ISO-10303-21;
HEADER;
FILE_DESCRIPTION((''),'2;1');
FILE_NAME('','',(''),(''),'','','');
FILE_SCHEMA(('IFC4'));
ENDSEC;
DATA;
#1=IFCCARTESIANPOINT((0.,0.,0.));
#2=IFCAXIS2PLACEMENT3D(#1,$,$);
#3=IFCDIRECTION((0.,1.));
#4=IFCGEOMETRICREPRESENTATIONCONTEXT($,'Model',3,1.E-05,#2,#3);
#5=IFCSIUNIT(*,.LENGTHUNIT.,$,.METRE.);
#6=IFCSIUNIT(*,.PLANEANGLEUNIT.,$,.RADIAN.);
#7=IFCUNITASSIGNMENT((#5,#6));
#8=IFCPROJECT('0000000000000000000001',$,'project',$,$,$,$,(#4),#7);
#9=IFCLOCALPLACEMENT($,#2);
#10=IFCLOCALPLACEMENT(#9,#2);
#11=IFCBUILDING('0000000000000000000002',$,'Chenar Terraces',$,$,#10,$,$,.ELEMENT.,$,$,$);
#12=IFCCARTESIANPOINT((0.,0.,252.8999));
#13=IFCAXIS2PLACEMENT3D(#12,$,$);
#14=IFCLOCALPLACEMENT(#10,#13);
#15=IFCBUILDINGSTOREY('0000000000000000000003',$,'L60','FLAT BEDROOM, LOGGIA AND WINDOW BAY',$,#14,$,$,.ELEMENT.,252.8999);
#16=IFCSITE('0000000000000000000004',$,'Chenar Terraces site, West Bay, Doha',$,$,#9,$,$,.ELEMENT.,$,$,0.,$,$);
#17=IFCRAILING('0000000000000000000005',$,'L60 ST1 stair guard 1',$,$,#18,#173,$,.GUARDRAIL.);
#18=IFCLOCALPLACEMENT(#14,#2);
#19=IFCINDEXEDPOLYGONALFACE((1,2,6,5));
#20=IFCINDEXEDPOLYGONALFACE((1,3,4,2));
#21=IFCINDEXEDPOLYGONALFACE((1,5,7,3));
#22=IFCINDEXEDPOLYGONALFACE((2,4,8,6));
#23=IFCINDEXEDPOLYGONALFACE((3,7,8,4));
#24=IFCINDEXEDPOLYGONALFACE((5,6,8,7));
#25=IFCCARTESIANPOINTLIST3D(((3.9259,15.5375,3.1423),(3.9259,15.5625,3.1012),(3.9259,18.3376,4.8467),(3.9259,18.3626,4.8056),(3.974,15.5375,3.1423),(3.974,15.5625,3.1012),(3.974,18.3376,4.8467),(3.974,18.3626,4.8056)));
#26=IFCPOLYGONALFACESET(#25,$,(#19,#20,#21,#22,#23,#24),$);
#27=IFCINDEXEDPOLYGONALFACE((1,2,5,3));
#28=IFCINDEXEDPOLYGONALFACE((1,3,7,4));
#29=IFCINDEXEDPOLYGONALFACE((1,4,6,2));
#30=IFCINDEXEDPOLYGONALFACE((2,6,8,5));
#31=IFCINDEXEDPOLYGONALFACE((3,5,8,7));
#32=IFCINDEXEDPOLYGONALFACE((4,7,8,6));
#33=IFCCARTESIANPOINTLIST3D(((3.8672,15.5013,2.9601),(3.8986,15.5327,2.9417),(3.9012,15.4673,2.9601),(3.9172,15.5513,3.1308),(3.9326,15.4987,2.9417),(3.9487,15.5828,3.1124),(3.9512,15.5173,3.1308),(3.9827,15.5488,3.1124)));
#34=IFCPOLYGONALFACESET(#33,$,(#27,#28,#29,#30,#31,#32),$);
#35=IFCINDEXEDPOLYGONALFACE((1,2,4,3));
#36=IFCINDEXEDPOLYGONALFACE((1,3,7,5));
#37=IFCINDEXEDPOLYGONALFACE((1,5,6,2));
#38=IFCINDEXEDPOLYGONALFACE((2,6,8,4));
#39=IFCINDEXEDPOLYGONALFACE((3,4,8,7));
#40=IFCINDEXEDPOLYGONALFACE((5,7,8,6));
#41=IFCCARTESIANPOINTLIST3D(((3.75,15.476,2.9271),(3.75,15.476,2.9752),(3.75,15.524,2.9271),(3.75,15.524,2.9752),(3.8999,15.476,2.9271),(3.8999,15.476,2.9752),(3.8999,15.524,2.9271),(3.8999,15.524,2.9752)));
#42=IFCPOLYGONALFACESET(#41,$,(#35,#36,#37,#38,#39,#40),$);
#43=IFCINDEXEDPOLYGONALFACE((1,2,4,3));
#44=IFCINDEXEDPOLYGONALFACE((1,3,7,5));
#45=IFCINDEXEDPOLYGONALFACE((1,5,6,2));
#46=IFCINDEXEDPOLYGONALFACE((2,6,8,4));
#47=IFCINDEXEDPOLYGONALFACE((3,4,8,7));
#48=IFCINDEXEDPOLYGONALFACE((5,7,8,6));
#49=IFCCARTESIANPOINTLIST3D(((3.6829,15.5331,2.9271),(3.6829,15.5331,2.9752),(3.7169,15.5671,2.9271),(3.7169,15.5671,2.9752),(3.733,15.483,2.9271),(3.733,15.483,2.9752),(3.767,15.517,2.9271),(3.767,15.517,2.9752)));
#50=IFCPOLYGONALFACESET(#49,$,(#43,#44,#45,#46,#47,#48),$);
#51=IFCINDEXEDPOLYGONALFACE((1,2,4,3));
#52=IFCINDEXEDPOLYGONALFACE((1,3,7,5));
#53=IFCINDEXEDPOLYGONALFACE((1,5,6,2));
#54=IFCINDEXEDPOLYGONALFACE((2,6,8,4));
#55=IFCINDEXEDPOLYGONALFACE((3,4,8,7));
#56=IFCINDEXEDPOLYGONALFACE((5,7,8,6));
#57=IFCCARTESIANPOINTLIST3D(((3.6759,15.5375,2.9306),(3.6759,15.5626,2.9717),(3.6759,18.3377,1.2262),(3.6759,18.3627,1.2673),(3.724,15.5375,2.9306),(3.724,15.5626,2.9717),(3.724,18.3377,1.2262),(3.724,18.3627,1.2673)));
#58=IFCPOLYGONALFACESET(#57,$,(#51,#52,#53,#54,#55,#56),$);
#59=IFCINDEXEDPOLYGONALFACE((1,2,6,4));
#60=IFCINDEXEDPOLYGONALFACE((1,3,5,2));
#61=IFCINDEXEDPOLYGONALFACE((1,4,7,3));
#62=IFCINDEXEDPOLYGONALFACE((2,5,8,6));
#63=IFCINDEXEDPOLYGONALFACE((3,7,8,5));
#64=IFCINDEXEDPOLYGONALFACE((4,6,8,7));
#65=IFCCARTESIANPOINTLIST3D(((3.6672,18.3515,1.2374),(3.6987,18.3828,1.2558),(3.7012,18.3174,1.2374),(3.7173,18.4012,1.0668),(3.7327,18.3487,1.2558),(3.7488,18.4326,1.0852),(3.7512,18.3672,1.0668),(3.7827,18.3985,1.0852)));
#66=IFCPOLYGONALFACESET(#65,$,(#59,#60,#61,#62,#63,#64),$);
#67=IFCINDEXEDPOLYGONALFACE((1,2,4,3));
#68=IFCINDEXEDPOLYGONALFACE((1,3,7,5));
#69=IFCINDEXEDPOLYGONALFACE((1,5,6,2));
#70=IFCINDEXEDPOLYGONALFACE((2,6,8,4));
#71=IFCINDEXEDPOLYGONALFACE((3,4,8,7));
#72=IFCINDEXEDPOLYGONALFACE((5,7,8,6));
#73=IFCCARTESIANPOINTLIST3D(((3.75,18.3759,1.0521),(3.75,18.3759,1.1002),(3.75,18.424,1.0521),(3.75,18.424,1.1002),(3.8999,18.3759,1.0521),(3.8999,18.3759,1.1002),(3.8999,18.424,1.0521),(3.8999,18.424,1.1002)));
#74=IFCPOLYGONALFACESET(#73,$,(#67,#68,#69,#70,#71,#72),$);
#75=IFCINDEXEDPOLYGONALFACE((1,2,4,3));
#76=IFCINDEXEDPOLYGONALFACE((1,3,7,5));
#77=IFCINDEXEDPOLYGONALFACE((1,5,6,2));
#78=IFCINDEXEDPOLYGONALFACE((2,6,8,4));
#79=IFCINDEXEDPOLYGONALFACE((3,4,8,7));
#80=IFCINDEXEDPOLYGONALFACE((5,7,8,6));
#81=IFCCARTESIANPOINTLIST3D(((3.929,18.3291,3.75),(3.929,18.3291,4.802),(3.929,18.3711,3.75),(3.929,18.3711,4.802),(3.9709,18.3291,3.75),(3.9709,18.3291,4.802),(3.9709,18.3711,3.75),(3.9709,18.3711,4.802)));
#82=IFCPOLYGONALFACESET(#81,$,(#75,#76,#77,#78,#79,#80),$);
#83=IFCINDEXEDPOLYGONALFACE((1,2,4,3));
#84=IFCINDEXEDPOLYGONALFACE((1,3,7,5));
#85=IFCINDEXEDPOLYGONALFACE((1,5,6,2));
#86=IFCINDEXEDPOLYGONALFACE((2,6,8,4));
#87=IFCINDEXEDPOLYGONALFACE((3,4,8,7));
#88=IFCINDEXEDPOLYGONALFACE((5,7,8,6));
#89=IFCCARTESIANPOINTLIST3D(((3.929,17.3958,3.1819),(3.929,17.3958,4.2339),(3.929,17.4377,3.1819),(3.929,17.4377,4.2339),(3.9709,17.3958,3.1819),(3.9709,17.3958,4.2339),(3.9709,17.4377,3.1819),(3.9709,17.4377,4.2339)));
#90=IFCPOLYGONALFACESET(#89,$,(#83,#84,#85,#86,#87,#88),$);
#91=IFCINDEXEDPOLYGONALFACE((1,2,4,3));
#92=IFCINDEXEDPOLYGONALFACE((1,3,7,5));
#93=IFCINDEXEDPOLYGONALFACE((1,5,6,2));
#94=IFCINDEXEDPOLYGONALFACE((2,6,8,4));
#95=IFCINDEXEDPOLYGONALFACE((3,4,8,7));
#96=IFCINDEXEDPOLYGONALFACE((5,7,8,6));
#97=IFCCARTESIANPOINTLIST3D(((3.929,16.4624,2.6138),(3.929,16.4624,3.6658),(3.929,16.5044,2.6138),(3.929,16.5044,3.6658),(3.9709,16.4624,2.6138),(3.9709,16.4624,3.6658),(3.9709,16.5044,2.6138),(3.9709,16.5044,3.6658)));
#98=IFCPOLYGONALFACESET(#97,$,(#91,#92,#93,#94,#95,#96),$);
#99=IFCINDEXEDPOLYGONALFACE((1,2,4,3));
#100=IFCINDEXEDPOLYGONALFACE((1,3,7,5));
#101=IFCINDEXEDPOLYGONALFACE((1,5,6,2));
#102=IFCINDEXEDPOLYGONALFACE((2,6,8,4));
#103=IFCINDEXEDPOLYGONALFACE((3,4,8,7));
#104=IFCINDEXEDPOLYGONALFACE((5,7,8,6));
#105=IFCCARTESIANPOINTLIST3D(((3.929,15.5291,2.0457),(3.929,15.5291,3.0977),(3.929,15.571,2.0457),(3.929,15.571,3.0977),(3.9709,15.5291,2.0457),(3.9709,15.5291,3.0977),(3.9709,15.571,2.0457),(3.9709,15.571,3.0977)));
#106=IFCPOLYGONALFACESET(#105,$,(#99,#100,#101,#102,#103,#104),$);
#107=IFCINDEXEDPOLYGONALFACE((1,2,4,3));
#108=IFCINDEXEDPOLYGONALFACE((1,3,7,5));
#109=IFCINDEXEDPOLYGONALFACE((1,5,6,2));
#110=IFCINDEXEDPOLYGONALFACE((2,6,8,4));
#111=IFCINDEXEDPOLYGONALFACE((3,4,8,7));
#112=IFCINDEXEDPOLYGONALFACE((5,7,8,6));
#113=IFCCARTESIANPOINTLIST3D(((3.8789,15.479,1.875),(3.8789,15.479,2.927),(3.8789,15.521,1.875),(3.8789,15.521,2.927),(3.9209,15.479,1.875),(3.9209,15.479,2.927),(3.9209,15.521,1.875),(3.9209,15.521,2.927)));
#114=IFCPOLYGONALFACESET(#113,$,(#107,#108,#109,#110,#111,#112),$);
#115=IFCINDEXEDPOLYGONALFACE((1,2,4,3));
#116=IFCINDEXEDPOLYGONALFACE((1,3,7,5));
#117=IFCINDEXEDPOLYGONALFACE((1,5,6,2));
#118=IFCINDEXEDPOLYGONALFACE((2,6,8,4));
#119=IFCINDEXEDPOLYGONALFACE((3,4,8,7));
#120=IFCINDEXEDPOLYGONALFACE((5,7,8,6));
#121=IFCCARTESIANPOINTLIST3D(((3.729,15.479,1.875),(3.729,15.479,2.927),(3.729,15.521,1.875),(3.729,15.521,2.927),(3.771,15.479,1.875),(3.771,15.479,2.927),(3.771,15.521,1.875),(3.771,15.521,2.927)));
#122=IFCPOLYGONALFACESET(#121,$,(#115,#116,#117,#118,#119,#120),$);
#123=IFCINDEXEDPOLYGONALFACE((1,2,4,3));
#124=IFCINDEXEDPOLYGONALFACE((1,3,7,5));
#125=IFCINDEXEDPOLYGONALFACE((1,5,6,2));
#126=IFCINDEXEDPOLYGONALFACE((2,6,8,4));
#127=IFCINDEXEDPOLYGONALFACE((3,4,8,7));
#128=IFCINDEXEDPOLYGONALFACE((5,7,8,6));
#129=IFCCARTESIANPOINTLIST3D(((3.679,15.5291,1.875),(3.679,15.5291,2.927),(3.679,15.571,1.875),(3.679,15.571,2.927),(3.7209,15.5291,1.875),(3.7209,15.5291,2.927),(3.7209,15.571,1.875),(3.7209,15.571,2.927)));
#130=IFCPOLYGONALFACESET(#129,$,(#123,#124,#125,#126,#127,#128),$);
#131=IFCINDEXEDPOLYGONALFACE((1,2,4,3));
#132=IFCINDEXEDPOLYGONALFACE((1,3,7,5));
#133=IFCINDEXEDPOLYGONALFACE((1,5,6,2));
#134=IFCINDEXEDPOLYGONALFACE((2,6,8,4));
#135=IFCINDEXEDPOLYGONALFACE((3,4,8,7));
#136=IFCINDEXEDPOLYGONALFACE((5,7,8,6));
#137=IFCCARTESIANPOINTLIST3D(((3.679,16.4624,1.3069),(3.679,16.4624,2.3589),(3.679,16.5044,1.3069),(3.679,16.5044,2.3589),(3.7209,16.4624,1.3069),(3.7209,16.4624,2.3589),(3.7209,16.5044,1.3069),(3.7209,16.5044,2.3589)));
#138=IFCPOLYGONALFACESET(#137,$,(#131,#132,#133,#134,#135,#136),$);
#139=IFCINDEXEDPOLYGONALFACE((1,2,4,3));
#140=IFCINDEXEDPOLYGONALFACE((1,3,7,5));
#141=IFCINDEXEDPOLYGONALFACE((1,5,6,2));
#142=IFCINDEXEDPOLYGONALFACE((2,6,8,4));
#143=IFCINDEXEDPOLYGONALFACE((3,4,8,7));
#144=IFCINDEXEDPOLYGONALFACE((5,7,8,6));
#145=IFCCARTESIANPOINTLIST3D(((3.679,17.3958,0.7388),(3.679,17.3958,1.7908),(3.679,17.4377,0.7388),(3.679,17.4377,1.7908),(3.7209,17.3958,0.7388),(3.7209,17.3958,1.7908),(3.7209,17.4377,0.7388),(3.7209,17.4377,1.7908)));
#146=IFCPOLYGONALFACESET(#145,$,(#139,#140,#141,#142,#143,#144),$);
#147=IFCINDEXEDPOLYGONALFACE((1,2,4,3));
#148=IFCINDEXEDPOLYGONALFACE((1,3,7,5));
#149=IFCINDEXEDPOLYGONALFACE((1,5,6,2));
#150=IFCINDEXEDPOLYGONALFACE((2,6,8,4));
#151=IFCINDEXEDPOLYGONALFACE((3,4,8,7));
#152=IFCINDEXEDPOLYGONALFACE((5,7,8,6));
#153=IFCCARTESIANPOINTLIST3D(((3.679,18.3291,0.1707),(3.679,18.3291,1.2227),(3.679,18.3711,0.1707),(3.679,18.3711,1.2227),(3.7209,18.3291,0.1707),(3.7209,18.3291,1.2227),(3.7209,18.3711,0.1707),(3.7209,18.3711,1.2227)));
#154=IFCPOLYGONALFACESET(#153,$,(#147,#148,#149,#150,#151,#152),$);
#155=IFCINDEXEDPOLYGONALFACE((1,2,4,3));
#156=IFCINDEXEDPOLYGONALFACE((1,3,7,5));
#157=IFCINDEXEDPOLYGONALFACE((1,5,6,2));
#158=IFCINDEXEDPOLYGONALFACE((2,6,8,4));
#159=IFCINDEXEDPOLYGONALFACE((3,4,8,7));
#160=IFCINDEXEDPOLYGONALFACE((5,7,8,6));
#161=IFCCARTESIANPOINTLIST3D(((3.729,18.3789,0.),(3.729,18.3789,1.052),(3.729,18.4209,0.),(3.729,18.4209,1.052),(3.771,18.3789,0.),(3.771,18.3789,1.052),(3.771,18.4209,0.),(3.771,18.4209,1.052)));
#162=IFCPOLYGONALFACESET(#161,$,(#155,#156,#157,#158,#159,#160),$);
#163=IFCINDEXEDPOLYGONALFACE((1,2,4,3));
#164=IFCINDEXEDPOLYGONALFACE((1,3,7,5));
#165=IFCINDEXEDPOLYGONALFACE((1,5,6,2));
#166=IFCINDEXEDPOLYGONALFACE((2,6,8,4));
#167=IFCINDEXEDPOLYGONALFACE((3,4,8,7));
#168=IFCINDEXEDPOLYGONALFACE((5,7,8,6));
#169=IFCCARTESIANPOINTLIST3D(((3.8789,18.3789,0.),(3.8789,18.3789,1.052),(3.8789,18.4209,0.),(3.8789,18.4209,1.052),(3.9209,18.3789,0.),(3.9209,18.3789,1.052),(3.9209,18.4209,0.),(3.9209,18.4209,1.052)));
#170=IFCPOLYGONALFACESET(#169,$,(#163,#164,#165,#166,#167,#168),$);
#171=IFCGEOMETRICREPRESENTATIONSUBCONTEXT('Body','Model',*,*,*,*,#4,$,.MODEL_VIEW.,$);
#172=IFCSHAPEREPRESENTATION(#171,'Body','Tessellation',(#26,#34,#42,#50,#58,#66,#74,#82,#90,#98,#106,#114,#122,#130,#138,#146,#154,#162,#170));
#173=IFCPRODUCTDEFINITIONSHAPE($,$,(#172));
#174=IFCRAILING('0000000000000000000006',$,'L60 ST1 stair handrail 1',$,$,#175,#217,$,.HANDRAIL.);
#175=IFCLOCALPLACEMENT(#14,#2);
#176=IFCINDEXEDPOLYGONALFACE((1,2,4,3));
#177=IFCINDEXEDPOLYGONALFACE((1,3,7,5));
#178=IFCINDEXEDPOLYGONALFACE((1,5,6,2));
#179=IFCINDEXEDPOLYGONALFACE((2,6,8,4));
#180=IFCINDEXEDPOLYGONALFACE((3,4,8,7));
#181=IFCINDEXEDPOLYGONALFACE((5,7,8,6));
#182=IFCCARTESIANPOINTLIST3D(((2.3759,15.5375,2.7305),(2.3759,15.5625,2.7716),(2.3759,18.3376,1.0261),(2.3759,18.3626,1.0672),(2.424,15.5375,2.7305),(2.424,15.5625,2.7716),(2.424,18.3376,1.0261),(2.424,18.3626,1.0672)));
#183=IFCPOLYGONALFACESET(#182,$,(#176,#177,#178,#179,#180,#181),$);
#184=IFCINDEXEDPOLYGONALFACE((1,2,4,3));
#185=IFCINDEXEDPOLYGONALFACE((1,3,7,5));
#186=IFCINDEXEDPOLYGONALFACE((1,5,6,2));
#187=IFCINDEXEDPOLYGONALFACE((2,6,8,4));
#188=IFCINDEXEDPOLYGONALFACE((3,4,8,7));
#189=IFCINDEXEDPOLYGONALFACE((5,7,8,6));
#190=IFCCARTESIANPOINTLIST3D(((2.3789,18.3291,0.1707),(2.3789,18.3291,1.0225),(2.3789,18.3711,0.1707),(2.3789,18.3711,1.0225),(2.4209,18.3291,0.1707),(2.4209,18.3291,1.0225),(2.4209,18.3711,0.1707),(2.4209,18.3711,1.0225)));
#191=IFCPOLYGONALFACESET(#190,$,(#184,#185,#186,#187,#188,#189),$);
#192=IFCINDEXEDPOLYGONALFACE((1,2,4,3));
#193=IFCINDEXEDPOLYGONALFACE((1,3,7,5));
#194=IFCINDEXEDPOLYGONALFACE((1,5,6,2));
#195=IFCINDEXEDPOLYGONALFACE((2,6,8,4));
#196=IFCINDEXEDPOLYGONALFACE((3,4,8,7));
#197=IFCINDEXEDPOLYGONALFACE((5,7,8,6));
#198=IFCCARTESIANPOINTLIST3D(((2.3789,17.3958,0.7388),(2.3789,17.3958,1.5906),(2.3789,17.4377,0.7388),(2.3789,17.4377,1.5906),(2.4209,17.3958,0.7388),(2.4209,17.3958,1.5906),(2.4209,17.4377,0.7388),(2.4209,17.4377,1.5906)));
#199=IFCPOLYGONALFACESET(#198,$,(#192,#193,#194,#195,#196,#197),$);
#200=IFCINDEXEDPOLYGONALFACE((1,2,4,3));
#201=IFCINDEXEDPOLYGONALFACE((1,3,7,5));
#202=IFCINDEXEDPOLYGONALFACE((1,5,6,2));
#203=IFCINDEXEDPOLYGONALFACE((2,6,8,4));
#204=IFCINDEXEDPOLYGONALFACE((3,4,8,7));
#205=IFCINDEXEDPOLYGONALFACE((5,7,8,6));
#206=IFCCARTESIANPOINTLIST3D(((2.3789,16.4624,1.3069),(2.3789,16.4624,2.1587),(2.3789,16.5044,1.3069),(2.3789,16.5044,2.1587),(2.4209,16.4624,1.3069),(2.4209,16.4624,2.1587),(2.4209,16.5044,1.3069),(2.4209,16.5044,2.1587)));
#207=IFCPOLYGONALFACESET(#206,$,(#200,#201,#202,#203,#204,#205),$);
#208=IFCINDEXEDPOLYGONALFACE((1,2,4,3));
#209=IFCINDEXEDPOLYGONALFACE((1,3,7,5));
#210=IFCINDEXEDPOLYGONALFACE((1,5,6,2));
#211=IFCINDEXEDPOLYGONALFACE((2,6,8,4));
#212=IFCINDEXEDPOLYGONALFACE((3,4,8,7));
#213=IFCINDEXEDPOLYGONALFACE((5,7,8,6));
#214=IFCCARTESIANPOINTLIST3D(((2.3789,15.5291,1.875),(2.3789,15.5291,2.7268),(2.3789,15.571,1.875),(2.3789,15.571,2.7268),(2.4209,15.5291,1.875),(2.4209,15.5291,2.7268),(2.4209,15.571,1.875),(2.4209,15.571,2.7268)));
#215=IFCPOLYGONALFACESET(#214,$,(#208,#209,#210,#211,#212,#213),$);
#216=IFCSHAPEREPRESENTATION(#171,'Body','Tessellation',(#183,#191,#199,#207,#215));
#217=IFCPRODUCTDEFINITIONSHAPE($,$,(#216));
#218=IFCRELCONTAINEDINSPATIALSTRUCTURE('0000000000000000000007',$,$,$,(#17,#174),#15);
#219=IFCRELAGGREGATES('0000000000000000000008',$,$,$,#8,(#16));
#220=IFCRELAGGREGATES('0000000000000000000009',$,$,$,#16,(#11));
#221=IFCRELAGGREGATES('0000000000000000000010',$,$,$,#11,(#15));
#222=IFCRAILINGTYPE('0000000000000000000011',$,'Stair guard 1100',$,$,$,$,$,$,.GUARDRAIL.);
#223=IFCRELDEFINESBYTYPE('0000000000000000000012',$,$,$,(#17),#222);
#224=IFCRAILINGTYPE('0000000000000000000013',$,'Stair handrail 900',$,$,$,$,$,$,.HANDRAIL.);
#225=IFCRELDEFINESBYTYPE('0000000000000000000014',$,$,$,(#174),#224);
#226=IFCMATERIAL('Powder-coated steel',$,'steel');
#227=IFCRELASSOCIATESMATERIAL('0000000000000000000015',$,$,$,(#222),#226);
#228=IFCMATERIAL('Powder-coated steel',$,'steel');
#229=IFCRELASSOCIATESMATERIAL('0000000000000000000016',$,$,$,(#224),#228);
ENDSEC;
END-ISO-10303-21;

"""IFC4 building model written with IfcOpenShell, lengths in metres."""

from ifc_helpers import new_model, si_unit, direction, frame, origin, origin_2d, place, context, subcontext, project, spatial, rectangle, extrude, material, type_object, element, save


model = new_model("IFC4")

# Units and contexts
model_context = context("Model", 3, precision=1e-05, world=origin(), true_north=direction((0.0, 1.0)))
body_context = subcontext(model_context, "Body", "Model", "MODEL_VIEW")
ifc_project = project(units=[si_unit("LENGTHUNIT", "METRE"), si_unit("PLANEANGLEUNIT", "RADIAN")], contexts=[model_context])

# Site, building, storey
site_placement = place(None, origin())
site = spatial("IfcSite", under=ifc_project, at=site_placement, Name="Chenar Terraces site, West Bay, Doha", CompositionType="ELEMENT", RefElevation=0.0)
building_placement = place(site_placement, origin())
building = spatial("IfcBuilding", under=site, at=building_placement, Name="Chenar Terraces", CompositionType="ELEMENT")
storey_placement = place(building_placement, frame((0.0, 0.0, 252.8999)))
storey = spatial("IfcBuildingStorey", under=building, at=storey_placement, Name="L60", Description="FLAT BEDROOM, LOGGIA AND WINDOW BAY", CompositionType="ELEMENT", Elevation=252.8999)

# Railings
ifc_material_1 = material(Name="Powder-coated steel", Category="steel")
railing_type_1 = type_object("IfcRailingType", Name="Stair guard 1100", PredefinedType="GUARDRAIL", material=ifc_material_1)
railing_1_placement = place(storey_placement, frame((3.95, 18.3501, 3.75)))
element("IfcRailing", 1, at=railing_1_placement, inside=storey, type_object=railing_type_1, Name="L60 ST1 stair guard 1", PredefinedType="GUARDRAIL", context=body_context, shape_type="SweptSolid", body=[
    extrude(rectangle(XDim=0.0481, YDim=0.0481, at=origin_2d()), frame((0.0, 0.0, 1.0762), z_axis=(0.0, -0.854203, -0.51994), x_axis=(1.0, 0.0, 0.0)), (0.0, 0.0, 1.0), 3.2781),
    extrude(rectangle(XDim=0.0481, YDim=0.0481, at=origin_2d()), frame((0.0, -2.8, -0.6284), z_axis=(-0.2709, -0.2709, -0.923703), x_axis=(0.707107, -0.707107, 0.0)), (0.0, 0.0, 1.0), 0.1848),
    extrude(rectangle(XDim=0.0481, YDim=0.0481, at=origin_2d()), frame((-0.05, -2.8501, -0.7988), z_axis=(-1.0, 0.0, 0.0), x_axis=(0.0, -1.0, 0.0)), (0.0, 0.0, 1.0), 0.1499),
    extrude(rectangle(XDim=0.0481, YDim=0.0481, at=origin_2d()), frame((-0.2, -2.8501, -0.7988), z_axis=(-0.707107, 0.707107, 0.0), x_axis=(-0.707107, -0.707107, 0.0)), (0.0, 0.0, 1.0), 0.0708),
    extrude(rectangle(XDim=0.0481, YDim=0.0481, at=origin_2d()), frame((-0.25, -2.8, -0.7988), z_axis=(0.0, 0.854203, -0.51994), x_axis=(-1.0, 0.0, 0.0)), (0.0, 0.0, 1.0), 3.2781),
    extrude(rectangle(XDim=0.0481, YDim=0.0481, at=origin_2d()), frame((-0.25, 0.0, -2.5034), z_axis=(0.270997, 0.269675, -0.924033), x_axis=(-0.705376, 0.708834, 0.0)), (0.0, 0.0, 1.0), 0.1846),
    extrude(rectangle(XDim=0.0481, YDim=0.0481, at=origin_2d()), frame((-0.2, 0.0498, -2.6738), z_axis=(1.0, 0.0, 0.0), x_axis=(0.0, 1.0, 0.0)), (0.0, 0.0, 1.0), 0.1499),
    extrude(rectangle(XDim=0.042, YDim=0.042, at=origin_2d()), origin(), (0.0, 0.0, 1.0), 1.052),
    extrude(rectangle(XDim=0.042, YDim=0.042, at=origin_2d()), frame((0.0, -0.9333, -0.5681)), (0.0, 0.0, 1.0), 1.052),
    extrude(rectangle(XDim=0.042, YDim=0.042, at=origin_2d()), frame((0.0, -1.8667, -1.1362)), (0.0, 0.0, 1.0), 1.052),
    extrude(rectangle(XDim=0.042, YDim=0.042, at=origin_2d()), frame((0.0, -2.8, -1.7043)), (0.0, 0.0, 1.0), 1.052),
    extrude(rectangle(XDim=0.042, YDim=0.042, at=origin_2d()), frame((-0.05, -2.8501, -1.875)), (0.0, 0.0, 1.0), 1.052),
    extrude(rectangle(XDim=0.042, YDim=0.042, at=origin_2d()), frame((-0.2, -2.8501, -1.875)), (0.0, 0.0, 1.0), 1.052),
    extrude(rectangle(XDim=0.042, YDim=0.042, at=origin_2d()), frame((-0.25, -2.8, -1.875)), (0.0, 0.0, 1.0), 1.052),
    extrude(rectangle(XDim=0.042, YDim=0.042, at=origin_2d()), frame((-0.25, -1.8667, -2.4431)), (0.0, 0.0, 1.0), 1.052),
    extrude(rectangle(XDim=0.042, YDim=0.042, at=origin_2d()), frame((-0.25, -0.9333, -3.0112)), (0.0, 0.0, 1.0), 1.052),
    extrude(rectangle(XDim=0.042, YDim=0.042, at=origin_2d()), frame((-0.25, 0.0, -3.5793)), (0.0, 0.0, 1.0), 1.052),
    extrude(rectangle(XDim=0.042, YDim=0.042, at=origin_2d()), frame((-0.2, 0.0498, -3.75)), (0.0, 0.0, 1.0), 1.052),
    extrude(rectangle(XDim=0.042, YDim=0.042, at=origin_2d()), frame((-0.05, 0.0498, -3.75)), (0.0, 0.0, 1.0), 1.052),
])
ifc_material_2 = material(Name="Powder-coated steel", Category="steel")
railing_type_2 = type_object("IfcRailingType", Name="Stair handrail 900", PredefinedType="HANDRAIL", material=ifc_material_2)
railing_2_placement = place(storey_placement, frame((2.3999, 18.3501, 0.1707)))
element("IfcRailing", 2, at=railing_2_placement, inside=storey, type_object=railing_type_2, Name="L60 ST1 stair handrail 1", PredefinedType="HANDRAIL", context=body_context, shape_type="SweptSolid", body=[
    extrude(rectangle(XDim=0.0481, YDim=0.0481, at=origin_2d()), frame((0.0, 0.0, 0.876), z_axis=(0.0, -0.854203, 0.51994), x_axis=(1.0, 0.0, 0.0)), (0.0, 0.0, 1.0), 3.2781),
    extrude(rectangle(XDim=0.042, YDim=0.042, at=origin_2d()), origin(), (0.0, 0.0, 1.0), 0.8518),
    extrude(rectangle(XDim=0.042, YDim=0.042, at=origin_2d()), frame((0.0, -0.9333, 0.5681)), (0.0, 0.0, 1.0), 0.8518),
    extrude(rectangle(XDim=0.042, YDim=0.042, at=origin_2d()), frame((0.0, -1.8667, 1.1362)), (0.0, 0.0, 1.0), 0.8518),
    extrude(rectangle(XDim=0.042, YDim=0.042, at=origin_2d()), frame((0.0, -2.8, 1.7043)), (0.0, 0.0, 1.0), 0.8518),
])

save(model, "model.ifc")
